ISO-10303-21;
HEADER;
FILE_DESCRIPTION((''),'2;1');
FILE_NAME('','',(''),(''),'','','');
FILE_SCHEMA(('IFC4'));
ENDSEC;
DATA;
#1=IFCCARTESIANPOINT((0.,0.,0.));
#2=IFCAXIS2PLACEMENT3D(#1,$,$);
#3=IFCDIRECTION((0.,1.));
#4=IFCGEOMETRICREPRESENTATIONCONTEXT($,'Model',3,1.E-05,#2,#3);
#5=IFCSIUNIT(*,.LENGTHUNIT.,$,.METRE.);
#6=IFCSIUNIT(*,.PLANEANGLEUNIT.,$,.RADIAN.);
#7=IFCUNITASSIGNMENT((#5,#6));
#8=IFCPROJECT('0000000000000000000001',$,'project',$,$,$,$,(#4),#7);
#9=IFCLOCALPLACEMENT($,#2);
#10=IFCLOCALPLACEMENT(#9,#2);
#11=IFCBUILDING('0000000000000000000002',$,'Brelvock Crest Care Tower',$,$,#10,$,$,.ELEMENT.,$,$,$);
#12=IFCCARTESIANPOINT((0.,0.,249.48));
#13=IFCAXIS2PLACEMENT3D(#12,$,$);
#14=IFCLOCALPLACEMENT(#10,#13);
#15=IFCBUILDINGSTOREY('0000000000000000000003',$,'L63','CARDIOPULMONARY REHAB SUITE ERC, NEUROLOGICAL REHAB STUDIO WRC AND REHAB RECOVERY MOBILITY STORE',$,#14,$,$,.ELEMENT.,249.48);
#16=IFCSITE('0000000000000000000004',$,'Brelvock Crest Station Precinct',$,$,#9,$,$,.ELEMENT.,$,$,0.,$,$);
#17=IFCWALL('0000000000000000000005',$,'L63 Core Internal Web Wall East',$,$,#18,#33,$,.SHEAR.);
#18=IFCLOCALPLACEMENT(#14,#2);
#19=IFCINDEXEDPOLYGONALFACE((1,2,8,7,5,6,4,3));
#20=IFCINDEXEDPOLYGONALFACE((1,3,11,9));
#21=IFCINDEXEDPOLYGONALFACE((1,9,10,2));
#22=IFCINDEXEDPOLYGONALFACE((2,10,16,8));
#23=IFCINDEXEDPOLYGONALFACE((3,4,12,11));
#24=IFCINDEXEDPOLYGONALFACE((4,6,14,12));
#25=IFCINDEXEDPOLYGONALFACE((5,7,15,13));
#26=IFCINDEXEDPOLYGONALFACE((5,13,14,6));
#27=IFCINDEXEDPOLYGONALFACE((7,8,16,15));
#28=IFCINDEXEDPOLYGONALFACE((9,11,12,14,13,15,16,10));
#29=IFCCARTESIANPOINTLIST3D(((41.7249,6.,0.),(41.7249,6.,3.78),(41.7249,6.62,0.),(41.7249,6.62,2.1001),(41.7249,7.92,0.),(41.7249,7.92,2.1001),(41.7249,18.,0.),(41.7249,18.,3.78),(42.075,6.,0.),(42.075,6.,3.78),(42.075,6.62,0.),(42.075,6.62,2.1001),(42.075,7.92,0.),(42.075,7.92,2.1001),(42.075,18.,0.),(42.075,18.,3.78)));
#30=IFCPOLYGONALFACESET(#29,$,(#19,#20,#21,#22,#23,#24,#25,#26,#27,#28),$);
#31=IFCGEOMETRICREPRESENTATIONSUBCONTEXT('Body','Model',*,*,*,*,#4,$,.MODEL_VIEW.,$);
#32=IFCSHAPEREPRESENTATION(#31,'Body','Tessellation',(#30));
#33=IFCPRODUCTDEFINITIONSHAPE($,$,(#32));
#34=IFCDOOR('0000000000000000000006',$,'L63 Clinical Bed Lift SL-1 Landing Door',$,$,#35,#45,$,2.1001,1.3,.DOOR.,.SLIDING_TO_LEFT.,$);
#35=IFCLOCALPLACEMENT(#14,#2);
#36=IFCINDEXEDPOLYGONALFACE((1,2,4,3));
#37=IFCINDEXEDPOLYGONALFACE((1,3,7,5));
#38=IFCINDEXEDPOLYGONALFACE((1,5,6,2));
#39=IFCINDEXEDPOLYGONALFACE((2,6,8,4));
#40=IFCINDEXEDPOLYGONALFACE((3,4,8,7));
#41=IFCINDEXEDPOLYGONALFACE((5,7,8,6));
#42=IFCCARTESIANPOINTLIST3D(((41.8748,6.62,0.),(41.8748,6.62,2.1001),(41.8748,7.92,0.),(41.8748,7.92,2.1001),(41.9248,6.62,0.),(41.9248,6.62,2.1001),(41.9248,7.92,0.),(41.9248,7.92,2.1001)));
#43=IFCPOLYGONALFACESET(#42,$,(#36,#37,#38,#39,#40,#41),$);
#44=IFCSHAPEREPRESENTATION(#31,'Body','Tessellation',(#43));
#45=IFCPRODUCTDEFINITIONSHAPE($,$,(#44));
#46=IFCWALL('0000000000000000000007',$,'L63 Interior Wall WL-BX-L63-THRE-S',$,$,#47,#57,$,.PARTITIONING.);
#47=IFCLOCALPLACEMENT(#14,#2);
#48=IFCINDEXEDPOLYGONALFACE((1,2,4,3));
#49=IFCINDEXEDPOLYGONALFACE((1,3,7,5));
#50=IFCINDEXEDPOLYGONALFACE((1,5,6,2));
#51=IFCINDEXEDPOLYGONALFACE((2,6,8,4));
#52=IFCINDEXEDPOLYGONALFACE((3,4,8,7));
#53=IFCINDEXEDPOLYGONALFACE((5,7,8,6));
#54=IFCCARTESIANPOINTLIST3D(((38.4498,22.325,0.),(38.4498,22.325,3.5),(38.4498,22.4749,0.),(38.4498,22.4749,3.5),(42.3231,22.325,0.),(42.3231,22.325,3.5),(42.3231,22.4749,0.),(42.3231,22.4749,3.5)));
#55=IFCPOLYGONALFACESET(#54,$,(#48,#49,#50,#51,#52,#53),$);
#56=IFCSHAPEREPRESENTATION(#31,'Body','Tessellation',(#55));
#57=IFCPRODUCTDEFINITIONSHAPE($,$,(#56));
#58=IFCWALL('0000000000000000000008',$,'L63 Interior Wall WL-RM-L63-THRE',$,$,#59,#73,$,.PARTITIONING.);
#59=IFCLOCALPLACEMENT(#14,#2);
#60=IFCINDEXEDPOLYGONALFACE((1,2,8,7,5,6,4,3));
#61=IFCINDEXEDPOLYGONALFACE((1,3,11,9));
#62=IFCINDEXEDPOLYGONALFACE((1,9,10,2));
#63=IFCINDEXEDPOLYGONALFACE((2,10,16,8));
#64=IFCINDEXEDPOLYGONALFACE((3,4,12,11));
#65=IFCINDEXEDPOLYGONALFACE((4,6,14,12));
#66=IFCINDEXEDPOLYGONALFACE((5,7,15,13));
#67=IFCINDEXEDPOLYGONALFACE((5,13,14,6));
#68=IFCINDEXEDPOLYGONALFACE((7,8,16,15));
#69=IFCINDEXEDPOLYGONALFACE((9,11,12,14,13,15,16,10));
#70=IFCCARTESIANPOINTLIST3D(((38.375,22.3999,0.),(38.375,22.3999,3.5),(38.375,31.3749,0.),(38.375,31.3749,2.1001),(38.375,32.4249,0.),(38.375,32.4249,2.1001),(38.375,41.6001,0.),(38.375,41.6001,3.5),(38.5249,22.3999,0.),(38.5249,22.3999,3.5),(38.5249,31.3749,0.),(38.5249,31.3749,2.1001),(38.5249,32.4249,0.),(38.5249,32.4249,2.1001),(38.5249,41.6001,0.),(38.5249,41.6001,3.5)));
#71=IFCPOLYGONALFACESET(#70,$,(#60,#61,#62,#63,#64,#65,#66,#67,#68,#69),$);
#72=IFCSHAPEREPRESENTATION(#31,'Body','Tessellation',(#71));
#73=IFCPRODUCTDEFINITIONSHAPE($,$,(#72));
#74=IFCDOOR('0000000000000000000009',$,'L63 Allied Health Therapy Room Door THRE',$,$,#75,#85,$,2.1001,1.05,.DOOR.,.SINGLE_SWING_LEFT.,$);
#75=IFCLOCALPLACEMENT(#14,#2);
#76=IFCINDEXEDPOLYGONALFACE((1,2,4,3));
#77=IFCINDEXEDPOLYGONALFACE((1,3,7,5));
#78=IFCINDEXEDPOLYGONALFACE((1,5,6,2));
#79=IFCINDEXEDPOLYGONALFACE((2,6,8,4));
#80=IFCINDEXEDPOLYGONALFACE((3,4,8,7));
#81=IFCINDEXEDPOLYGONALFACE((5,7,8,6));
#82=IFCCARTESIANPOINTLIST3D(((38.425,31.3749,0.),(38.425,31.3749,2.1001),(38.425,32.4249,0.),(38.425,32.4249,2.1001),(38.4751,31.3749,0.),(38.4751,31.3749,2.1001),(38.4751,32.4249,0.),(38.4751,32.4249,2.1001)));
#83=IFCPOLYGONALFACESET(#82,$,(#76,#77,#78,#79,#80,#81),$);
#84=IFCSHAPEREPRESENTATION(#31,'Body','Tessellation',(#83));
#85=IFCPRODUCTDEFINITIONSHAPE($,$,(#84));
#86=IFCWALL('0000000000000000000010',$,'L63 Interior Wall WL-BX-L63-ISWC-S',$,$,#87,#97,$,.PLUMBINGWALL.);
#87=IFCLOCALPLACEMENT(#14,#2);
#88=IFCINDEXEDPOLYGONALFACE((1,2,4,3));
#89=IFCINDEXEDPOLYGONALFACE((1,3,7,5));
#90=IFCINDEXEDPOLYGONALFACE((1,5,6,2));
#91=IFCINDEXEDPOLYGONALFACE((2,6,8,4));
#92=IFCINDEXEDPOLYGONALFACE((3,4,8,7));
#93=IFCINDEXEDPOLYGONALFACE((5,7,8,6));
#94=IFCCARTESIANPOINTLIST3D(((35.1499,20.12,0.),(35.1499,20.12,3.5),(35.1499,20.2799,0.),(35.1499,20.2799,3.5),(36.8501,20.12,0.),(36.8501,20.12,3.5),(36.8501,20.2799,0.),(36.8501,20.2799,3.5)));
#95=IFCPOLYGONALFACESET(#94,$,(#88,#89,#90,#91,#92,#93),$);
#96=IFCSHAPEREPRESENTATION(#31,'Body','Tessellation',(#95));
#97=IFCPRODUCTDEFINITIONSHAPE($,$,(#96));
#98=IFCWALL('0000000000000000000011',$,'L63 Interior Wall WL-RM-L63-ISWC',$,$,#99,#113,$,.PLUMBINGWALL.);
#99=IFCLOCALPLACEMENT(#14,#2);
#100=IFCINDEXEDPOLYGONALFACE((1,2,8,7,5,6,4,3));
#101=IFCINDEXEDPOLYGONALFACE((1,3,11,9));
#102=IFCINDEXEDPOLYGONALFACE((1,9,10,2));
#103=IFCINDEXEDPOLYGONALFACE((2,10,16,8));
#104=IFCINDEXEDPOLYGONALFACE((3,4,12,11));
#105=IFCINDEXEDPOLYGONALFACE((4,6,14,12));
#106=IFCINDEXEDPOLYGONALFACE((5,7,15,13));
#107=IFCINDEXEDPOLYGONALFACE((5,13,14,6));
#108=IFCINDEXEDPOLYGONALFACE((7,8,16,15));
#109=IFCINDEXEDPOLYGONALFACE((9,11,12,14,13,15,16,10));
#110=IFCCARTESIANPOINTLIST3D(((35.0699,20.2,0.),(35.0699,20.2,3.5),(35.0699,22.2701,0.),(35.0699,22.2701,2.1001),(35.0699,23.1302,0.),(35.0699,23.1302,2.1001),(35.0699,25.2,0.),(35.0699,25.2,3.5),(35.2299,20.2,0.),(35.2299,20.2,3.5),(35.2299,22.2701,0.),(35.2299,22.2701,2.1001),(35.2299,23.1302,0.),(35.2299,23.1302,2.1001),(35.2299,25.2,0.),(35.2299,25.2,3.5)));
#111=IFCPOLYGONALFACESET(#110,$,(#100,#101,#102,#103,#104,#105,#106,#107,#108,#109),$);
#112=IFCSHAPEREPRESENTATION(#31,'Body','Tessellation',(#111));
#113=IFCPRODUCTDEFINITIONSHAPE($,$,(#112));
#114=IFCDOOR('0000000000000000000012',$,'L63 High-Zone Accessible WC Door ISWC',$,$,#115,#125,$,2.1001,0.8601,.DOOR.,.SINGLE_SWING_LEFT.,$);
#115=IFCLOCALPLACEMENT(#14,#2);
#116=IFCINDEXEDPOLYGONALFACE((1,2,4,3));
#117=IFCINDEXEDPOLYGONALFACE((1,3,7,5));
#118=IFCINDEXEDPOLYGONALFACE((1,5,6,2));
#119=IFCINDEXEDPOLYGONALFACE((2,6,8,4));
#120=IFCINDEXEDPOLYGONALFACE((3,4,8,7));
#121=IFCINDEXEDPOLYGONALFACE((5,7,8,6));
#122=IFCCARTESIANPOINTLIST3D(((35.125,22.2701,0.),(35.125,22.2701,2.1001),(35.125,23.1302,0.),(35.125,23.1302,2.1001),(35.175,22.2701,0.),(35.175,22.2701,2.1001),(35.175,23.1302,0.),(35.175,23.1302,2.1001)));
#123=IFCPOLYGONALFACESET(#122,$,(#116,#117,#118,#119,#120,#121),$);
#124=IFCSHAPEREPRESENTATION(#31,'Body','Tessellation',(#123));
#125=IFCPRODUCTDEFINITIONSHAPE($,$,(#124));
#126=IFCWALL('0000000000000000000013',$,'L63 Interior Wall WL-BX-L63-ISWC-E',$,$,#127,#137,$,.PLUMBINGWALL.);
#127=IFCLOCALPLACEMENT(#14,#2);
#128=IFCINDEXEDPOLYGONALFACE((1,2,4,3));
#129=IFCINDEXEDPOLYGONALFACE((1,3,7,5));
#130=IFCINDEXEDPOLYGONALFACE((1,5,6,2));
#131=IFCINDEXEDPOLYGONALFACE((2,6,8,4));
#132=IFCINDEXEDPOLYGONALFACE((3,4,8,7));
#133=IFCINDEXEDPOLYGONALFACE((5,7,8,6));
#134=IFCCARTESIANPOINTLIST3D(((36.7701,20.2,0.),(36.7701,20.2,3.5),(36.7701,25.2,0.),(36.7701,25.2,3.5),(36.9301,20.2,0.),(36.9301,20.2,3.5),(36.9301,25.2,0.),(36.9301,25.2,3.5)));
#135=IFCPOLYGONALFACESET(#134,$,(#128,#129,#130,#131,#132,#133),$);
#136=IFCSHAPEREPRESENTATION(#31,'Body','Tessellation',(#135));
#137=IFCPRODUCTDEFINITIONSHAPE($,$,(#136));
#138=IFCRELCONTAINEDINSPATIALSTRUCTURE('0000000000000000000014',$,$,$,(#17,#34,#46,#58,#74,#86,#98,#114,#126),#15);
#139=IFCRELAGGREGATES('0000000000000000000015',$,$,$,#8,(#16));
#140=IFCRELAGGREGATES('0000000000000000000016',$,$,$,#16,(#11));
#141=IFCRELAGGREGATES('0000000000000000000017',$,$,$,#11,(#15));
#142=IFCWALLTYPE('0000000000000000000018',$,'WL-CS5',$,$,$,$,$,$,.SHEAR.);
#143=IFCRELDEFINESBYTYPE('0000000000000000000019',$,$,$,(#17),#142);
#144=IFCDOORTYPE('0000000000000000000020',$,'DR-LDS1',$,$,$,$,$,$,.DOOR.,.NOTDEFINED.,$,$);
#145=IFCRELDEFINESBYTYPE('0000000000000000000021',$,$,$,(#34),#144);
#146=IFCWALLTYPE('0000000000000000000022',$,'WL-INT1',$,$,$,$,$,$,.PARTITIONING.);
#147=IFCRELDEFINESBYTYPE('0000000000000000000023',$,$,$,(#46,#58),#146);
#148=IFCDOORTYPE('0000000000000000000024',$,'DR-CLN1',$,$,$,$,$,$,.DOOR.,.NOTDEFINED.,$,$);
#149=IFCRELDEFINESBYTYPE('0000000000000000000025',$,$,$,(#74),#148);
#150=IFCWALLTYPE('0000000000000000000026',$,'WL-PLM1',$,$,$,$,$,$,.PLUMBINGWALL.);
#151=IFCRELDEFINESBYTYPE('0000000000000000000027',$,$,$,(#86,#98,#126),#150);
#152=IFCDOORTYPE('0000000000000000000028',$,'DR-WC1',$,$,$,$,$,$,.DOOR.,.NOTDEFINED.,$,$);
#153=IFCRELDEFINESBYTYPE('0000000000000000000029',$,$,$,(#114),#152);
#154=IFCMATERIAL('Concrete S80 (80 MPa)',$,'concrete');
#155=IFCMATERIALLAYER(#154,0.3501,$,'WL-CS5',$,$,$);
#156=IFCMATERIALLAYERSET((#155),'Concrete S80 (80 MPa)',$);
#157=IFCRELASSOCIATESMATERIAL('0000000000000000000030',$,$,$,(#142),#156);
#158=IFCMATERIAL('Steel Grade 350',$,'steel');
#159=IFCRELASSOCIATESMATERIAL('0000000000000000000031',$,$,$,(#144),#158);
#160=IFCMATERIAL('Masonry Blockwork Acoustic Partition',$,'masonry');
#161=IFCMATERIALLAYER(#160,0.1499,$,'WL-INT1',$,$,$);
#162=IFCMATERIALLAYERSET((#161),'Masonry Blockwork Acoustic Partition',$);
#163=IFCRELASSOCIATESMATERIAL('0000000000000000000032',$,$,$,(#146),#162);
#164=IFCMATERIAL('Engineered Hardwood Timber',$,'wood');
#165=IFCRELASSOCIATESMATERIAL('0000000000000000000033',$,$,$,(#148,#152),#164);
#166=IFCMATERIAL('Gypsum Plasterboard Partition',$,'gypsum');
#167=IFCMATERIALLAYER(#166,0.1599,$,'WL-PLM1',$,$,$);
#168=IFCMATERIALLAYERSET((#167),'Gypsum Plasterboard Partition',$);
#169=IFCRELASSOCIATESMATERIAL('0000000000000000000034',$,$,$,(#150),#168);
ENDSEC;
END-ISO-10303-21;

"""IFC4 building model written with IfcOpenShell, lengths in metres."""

from ifc_helpers import new_model, si_unit, direction, frame, frame_2d, origin, origin_2d, place, context, subcontext, project, spatial, rectangle, extrude, source, transform, mapped, material, layer, layer_set, type_object, element, fill, save


model = new_model("IFC4")

# Units and contexts
model_context = context("Model", 3, precision=1e-05, world=origin(), true_north=direction((0.0, 1.0)))
body_context = subcontext(model_context, "Body", "Model", "MODEL_VIEW")
ifc_project = project(units=[si_unit("LENGTHUNIT", "METRE"), si_unit("PLANEANGLEUNIT", "RADIAN")], contexts=[model_context])

# Site, building, storey
site_placement = place(None, origin())
site = spatial("IfcSite", under=ifc_project, at=site_placement, Name="Brelvock Crest Station Precinct", CompositionType="ELEMENT", RefElevation=0.0)
building_placement = place(site_placement, origin())
building = spatial("IfcBuilding", under=site, at=building_placement, Name="Brelvock Crest Care Tower", CompositionType="ELEMENT")
storey_placement = place(building_placement, frame((0.0, 0.0, 249.48)))
storey = spatial("IfcBuildingStorey", under=building, at=storey_placement, Name="L63", Description="CARDIOPULMONARY REHAB SUITE ERC, NEUROLOGICAL REHAB STUDIO WRC AND REHAB RECOVERY MOBILITY STORE", CompositionType="ELEMENT", Elevation=249.48)

# Shared definitions
ifc_material_1 = material(Name="Steel Grade 350", Category="steel")

# Wall, opening, door
ifc_material_2 = material(Name="Concrete S80 (80 MPa)", Category="concrete")
ifc_layer_1 = layer(ifc_material_2, 0.3501, Name="WL-CS5")
ifc_layer_set_1 = layer_set([ifc_layer_1], Name="Concrete S80 (80 MPa)")
wall_type_1 = type_object("IfcWallType", Name="WL-CS5", PredefinedType="SHEAR", material=ifc_layer_set_1)
wall_1_placement = place(storey_placement, frame((41.8999, 18.0, 0.0), z_axis=(0.0, 0.0, 1.0), x_axis=(0.0, -1.0, 0.0)))
wall_1 = element("IfcWall", 1, at=wall_1_placement, inside=storey, type_object=wall_type_1, Name="L63 Core Internal Web Wall East", PredefinedType="SHEAR", context=body_context, shape_type="SweptSolid", body=[
    extrude(rectangle(XDim=12.0, YDim=0.3501, at=frame_2d((6.0, 0.0))), origin(), (0.0, 0.0, 1.0), 3.78),
])
opening_1_placement = place(wall_1_placement, frame((10.0801, 0.0, 0.0)))
opening_1 = element("IfcOpeningElement", 2, at=opening_1_placement, cuts=wall_1, PredefinedType="OPENING", context=body_context, shape_type="SweptSolid", body=[
    extrude(rectangle(XDim=1.3, YDim=2.1001, at=origin_2d()), frame((0.6499, 0.1851, 1.05), z_axis=(0.0, -1.0, 0.0), x_axis=(1.0, 0.0, 0.0)), (0.0, 0.0, 1.0), 0.3701),
])
door_type_1 = type_object("IfcDoorType", Name="DR-LDS1", OperationType="NOTDEFINED", PredefinedType="DOOR", material=ifc_material_1)
shared_shape_1 = source(origin(), body_context, "Body", "SweptSolid", [
    extrude(rectangle(XDim=1.3, YDim=2.1001, at=origin_2d()), frame((0.6499, 0.0249, 1.05), z_axis=(0.0, -1.0, 0.0), x_axis=(1.0, 0.0, 0.0)), (0.0, 0.0, 1.0), 0.05),
])
door_1_placement = place(opening_1_placement, origin())
door_1 = element("IfcDoor", 3, at=door_1_placement, inside=storey, type_object=door_type_1, Name="L63 Clinical Bed Lift SL-1 Landing Door", OperationType="SLIDING_TO_LEFT", OverallHeight=2.1001, OverallWidth=1.3, PredefinedType="DOOR", context=body_context, shape_type="MappedRepresentation", body=[
    mapped(shared_shape_1, transform((0.0, 0.0, 0.0), x_axis=(1.0, 0.0, 0.0), y_axis=(0.0, 1.0, 0.0), z_axis=(0.0, 0.0, 1.0), scale=1.0)),
])
fill(opening_1, door_1)

# Wall
ifc_material_3 = material(Name="Masonry Blockwork Acoustic Partition", Category="masonry")
ifc_layer_2 = layer(ifc_material_3, 0.1499, Name="WL-INT1")
ifc_layer_set_2 = layer_set([ifc_layer_2], Name="Masonry Blockwork Acoustic Partition")
wall_type_2 = type_object("IfcWallType", Name="WL-INT1", PredefinedType="PARTITIONING", material=ifc_layer_set_2)
wall_2_placement = place(storey_placement, frame((38.45, 22.3999, 0.0), z_axis=(0.0, 0.0, 1.0), x_axis=(1.0, 0.0, 0.0)))
element("IfcWall", 4, at=wall_2_placement, inside=storey, type_object=wall_type_2, Name="L63 Interior Wall WL-BX-L63-THRE-S", PredefinedType="PARTITIONING", context=body_context, shape_type="SweptSolid", body=[
    extrude(rectangle(XDim=3.8733, YDim=0.1499, at=frame_2d((1.9365, 0.0))), origin(), (0.0, 0.0, 1.0), 3.5),
])

# Wall, opening, door
wall_3_placement = place(storey_placement, frame((38.45, 22.3999, 0.0), z_axis=(0.0, 0.0, 1.0), x_axis=(0.0, 1.0, 0.0)))
wall_3 = element("IfcWall", 5, at=wall_3_placement, inside=storey, type_object=wall_type_2, Name="L63 Interior Wall WL-RM-L63-THRE", PredefinedType="PARTITIONING", context=body_context, shape_type="SweptSolid", body=[
    extrude(rectangle(XDim=19.2002, YDim=0.1499, at=frame_2d((9.6001, 0.0))), origin(), (0.0, 0.0, 1.0), 3.5),
])
opening_2_placement = place(wall_3_placement, frame((8.9751, 0.0, 0.0)))
opening_2 = element("IfcOpeningElement", 6, at=opening_2_placement, cuts=wall_3, PredefinedType="OPENING", context=body_context, shape_type="SweptSolid", body=[
    extrude(rectangle(XDim=1.05, YDim=2.1001, at=origin_2d()), frame((0.5249, 0.085, 1.05), z_axis=(0.0, -1.0, 0.0), x_axis=(1.0, 0.0, 0.0)), (0.0, 0.0, 1.0), 0.1699),
])
ifc_material_4 = material(Name="Engineered Hardwood Timber", Category="wood")
door_type_2 = type_object("IfcDoorType", Name="DR-CLN1", OperationType="NOTDEFINED", PredefinedType="DOOR", material=ifc_material_4)
shared_shape_2 = source(origin(), body_context, "Body", "SweptSolid", [
    extrude(rectangle(XDim=1.05, YDim=2.1001, at=origin_2d()), frame((0.5249, 0.0249, 1.05), z_axis=(0.0, -1.0, 0.0), x_axis=(1.0, 0.0, 0.0)), (0.0, 0.0, 1.0), 0.05),
])
door_2_placement = place(opening_2_placement, origin())
door_2 = element("IfcDoor", 7, at=door_2_placement, inside=storey, type_object=door_type_2, Name="L63 Allied Health Therapy Room Door THRE", OperationType="SINGLE_SWING_LEFT", OverallHeight=2.1001, OverallWidth=1.05, PredefinedType="DOOR", context=body_context, shape_type="MappedRepresentation", body=[
    mapped(shared_shape_2, transform((0.0, 0.0, 0.0), x_axis=(1.0, 0.0, 0.0), y_axis=(0.0, 1.0, 0.0), z_axis=(0.0, 0.0, 1.0), scale=1.0)),
])
fill(opening_2, door_2)

# Wall
ifc_material_5 = material(Name="Gypsum Plasterboard Partition", Category="gypsum")
ifc_layer_3 = layer(ifc_material_5, 0.1599, Name="WL-PLM1")
ifc_layer_set_3 = layer_set([ifc_layer_3], Name="Gypsum Plasterboard Partition")
wall_type_3 = type_object("IfcWallType", Name="WL-PLM1", PredefinedType="PLUMBINGWALL", material=ifc_layer_set_3)
wall_4_placement = place(storey_placement, frame((35.1499, 20.2, 0.0), z_axis=(0.0, 0.0, 1.0), x_axis=(1.0, 0.0, 0.0)))
element("IfcWall", 8, at=wall_4_placement, inside=storey, type_object=wall_type_3, Name="L63 Interior Wall WL-BX-L63-ISWC-S", PredefinedType="PLUMBINGWALL", context=body_context, shape_type="SweptSolid", body=[
    extrude(rectangle(XDim=1.7002, YDim=0.1599, at=frame_2d((0.8501, 0.0))), origin(), (0.0, 0.0, 1.0), 3.5),
])

# Wall, opening, door
wall_5_placement = place(storey_placement, frame((35.1499, 20.2, 0.0), z_axis=(0.0, 0.0, 1.0), x_axis=(0.0, 1.0, 0.0)))
wall_5 = element("IfcWall", 9, at=wall_5_placement, inside=storey, type_object=wall_type_3, Name="L63 Interior Wall WL-RM-L63-ISWC", PredefinedType="PLUMBINGWALL", context=body_context, shape_type="SweptSolid", body=[
    extrude(rectangle(XDim=5.0, YDim=0.1599, at=frame_2d((2.5, 0.0))), origin(), (0.0, 0.0, 1.0), 3.5),
])
opening_3_placement = place(wall_5_placement, frame((2.0701, 0.0, 0.0)))
opening_3 = element("IfcOpeningElement", 10, at=opening_3_placement, cuts=wall_5, PredefinedType="OPENING", context=body_context, shape_type="SweptSolid", body=[
    extrude(rectangle(XDim=0.8601, YDim=2.1001, at=origin_2d()), frame((0.4302, 0.0898, 1.05), z_axis=(0.0, -1.0, 0.0), x_axis=(1.0, 0.0, 0.0)), (0.0, 0.0, 1.0), 0.1799),
])
door_type_3 = type_object("IfcDoorType", Name="DR-WC1", OperationType="NOTDEFINED", PredefinedType="DOOR", material=ifc_material_4)
shared_shape_3 = source(origin(), body_context, "Body", "SweptSolid", [
    extrude(rectangle(XDim=0.8601, YDim=2.1001, at=origin_2d()), frame((0.4302, 0.0249, 1.05), z_axis=(0.0, -1.0, 0.0), x_axis=(1.0, 0.0, 0.0)), (0.0, 0.0, 1.0), 0.05),
])
door_3_placement = place(opening_3_placement, origin())
door_3 = element("IfcDoor", 11, at=door_3_placement, inside=storey, type_object=door_type_3, Name="L63 High-Zone Accessible WC Door ISWC", OperationType="SINGLE_SWING_LEFT", OverallHeight=2.1001, OverallWidth=0.8601, PredefinedType="DOOR", context=body_context, shape_type="MappedRepresentation", body=[
    mapped(shared_shape_3, transform((0.0, 0.0, 0.0), x_axis=(1.0, 0.0, 0.0), y_axis=(0.0, 1.0, 0.0), z_axis=(0.0, 0.0, 1.0), scale=1.0)),
])
fill(opening_3, door_3)

# Wall
wall_6_placement = place(storey_placement, frame((36.8501, 20.2, 0.0), z_axis=(0.0, 0.0, 1.0), x_axis=(0.0, 1.0, 0.0)))
element("IfcWall", 12, at=wall_6_placement, inside=storey, type_object=wall_type_3, Name="L63 Interior Wall WL-BX-L63-ISWC-E", PredefinedType="PLUMBINGWALL", context=body_context, shape_type="SweptSolid", body=[
    extrude(rectangle(XDim=5.0, YDim=0.1599, at=frame_2d((2.5, 0.0))), origin(), (0.0, 0.0, 1.0), 3.5),
])

save(model, "model.ifc")
